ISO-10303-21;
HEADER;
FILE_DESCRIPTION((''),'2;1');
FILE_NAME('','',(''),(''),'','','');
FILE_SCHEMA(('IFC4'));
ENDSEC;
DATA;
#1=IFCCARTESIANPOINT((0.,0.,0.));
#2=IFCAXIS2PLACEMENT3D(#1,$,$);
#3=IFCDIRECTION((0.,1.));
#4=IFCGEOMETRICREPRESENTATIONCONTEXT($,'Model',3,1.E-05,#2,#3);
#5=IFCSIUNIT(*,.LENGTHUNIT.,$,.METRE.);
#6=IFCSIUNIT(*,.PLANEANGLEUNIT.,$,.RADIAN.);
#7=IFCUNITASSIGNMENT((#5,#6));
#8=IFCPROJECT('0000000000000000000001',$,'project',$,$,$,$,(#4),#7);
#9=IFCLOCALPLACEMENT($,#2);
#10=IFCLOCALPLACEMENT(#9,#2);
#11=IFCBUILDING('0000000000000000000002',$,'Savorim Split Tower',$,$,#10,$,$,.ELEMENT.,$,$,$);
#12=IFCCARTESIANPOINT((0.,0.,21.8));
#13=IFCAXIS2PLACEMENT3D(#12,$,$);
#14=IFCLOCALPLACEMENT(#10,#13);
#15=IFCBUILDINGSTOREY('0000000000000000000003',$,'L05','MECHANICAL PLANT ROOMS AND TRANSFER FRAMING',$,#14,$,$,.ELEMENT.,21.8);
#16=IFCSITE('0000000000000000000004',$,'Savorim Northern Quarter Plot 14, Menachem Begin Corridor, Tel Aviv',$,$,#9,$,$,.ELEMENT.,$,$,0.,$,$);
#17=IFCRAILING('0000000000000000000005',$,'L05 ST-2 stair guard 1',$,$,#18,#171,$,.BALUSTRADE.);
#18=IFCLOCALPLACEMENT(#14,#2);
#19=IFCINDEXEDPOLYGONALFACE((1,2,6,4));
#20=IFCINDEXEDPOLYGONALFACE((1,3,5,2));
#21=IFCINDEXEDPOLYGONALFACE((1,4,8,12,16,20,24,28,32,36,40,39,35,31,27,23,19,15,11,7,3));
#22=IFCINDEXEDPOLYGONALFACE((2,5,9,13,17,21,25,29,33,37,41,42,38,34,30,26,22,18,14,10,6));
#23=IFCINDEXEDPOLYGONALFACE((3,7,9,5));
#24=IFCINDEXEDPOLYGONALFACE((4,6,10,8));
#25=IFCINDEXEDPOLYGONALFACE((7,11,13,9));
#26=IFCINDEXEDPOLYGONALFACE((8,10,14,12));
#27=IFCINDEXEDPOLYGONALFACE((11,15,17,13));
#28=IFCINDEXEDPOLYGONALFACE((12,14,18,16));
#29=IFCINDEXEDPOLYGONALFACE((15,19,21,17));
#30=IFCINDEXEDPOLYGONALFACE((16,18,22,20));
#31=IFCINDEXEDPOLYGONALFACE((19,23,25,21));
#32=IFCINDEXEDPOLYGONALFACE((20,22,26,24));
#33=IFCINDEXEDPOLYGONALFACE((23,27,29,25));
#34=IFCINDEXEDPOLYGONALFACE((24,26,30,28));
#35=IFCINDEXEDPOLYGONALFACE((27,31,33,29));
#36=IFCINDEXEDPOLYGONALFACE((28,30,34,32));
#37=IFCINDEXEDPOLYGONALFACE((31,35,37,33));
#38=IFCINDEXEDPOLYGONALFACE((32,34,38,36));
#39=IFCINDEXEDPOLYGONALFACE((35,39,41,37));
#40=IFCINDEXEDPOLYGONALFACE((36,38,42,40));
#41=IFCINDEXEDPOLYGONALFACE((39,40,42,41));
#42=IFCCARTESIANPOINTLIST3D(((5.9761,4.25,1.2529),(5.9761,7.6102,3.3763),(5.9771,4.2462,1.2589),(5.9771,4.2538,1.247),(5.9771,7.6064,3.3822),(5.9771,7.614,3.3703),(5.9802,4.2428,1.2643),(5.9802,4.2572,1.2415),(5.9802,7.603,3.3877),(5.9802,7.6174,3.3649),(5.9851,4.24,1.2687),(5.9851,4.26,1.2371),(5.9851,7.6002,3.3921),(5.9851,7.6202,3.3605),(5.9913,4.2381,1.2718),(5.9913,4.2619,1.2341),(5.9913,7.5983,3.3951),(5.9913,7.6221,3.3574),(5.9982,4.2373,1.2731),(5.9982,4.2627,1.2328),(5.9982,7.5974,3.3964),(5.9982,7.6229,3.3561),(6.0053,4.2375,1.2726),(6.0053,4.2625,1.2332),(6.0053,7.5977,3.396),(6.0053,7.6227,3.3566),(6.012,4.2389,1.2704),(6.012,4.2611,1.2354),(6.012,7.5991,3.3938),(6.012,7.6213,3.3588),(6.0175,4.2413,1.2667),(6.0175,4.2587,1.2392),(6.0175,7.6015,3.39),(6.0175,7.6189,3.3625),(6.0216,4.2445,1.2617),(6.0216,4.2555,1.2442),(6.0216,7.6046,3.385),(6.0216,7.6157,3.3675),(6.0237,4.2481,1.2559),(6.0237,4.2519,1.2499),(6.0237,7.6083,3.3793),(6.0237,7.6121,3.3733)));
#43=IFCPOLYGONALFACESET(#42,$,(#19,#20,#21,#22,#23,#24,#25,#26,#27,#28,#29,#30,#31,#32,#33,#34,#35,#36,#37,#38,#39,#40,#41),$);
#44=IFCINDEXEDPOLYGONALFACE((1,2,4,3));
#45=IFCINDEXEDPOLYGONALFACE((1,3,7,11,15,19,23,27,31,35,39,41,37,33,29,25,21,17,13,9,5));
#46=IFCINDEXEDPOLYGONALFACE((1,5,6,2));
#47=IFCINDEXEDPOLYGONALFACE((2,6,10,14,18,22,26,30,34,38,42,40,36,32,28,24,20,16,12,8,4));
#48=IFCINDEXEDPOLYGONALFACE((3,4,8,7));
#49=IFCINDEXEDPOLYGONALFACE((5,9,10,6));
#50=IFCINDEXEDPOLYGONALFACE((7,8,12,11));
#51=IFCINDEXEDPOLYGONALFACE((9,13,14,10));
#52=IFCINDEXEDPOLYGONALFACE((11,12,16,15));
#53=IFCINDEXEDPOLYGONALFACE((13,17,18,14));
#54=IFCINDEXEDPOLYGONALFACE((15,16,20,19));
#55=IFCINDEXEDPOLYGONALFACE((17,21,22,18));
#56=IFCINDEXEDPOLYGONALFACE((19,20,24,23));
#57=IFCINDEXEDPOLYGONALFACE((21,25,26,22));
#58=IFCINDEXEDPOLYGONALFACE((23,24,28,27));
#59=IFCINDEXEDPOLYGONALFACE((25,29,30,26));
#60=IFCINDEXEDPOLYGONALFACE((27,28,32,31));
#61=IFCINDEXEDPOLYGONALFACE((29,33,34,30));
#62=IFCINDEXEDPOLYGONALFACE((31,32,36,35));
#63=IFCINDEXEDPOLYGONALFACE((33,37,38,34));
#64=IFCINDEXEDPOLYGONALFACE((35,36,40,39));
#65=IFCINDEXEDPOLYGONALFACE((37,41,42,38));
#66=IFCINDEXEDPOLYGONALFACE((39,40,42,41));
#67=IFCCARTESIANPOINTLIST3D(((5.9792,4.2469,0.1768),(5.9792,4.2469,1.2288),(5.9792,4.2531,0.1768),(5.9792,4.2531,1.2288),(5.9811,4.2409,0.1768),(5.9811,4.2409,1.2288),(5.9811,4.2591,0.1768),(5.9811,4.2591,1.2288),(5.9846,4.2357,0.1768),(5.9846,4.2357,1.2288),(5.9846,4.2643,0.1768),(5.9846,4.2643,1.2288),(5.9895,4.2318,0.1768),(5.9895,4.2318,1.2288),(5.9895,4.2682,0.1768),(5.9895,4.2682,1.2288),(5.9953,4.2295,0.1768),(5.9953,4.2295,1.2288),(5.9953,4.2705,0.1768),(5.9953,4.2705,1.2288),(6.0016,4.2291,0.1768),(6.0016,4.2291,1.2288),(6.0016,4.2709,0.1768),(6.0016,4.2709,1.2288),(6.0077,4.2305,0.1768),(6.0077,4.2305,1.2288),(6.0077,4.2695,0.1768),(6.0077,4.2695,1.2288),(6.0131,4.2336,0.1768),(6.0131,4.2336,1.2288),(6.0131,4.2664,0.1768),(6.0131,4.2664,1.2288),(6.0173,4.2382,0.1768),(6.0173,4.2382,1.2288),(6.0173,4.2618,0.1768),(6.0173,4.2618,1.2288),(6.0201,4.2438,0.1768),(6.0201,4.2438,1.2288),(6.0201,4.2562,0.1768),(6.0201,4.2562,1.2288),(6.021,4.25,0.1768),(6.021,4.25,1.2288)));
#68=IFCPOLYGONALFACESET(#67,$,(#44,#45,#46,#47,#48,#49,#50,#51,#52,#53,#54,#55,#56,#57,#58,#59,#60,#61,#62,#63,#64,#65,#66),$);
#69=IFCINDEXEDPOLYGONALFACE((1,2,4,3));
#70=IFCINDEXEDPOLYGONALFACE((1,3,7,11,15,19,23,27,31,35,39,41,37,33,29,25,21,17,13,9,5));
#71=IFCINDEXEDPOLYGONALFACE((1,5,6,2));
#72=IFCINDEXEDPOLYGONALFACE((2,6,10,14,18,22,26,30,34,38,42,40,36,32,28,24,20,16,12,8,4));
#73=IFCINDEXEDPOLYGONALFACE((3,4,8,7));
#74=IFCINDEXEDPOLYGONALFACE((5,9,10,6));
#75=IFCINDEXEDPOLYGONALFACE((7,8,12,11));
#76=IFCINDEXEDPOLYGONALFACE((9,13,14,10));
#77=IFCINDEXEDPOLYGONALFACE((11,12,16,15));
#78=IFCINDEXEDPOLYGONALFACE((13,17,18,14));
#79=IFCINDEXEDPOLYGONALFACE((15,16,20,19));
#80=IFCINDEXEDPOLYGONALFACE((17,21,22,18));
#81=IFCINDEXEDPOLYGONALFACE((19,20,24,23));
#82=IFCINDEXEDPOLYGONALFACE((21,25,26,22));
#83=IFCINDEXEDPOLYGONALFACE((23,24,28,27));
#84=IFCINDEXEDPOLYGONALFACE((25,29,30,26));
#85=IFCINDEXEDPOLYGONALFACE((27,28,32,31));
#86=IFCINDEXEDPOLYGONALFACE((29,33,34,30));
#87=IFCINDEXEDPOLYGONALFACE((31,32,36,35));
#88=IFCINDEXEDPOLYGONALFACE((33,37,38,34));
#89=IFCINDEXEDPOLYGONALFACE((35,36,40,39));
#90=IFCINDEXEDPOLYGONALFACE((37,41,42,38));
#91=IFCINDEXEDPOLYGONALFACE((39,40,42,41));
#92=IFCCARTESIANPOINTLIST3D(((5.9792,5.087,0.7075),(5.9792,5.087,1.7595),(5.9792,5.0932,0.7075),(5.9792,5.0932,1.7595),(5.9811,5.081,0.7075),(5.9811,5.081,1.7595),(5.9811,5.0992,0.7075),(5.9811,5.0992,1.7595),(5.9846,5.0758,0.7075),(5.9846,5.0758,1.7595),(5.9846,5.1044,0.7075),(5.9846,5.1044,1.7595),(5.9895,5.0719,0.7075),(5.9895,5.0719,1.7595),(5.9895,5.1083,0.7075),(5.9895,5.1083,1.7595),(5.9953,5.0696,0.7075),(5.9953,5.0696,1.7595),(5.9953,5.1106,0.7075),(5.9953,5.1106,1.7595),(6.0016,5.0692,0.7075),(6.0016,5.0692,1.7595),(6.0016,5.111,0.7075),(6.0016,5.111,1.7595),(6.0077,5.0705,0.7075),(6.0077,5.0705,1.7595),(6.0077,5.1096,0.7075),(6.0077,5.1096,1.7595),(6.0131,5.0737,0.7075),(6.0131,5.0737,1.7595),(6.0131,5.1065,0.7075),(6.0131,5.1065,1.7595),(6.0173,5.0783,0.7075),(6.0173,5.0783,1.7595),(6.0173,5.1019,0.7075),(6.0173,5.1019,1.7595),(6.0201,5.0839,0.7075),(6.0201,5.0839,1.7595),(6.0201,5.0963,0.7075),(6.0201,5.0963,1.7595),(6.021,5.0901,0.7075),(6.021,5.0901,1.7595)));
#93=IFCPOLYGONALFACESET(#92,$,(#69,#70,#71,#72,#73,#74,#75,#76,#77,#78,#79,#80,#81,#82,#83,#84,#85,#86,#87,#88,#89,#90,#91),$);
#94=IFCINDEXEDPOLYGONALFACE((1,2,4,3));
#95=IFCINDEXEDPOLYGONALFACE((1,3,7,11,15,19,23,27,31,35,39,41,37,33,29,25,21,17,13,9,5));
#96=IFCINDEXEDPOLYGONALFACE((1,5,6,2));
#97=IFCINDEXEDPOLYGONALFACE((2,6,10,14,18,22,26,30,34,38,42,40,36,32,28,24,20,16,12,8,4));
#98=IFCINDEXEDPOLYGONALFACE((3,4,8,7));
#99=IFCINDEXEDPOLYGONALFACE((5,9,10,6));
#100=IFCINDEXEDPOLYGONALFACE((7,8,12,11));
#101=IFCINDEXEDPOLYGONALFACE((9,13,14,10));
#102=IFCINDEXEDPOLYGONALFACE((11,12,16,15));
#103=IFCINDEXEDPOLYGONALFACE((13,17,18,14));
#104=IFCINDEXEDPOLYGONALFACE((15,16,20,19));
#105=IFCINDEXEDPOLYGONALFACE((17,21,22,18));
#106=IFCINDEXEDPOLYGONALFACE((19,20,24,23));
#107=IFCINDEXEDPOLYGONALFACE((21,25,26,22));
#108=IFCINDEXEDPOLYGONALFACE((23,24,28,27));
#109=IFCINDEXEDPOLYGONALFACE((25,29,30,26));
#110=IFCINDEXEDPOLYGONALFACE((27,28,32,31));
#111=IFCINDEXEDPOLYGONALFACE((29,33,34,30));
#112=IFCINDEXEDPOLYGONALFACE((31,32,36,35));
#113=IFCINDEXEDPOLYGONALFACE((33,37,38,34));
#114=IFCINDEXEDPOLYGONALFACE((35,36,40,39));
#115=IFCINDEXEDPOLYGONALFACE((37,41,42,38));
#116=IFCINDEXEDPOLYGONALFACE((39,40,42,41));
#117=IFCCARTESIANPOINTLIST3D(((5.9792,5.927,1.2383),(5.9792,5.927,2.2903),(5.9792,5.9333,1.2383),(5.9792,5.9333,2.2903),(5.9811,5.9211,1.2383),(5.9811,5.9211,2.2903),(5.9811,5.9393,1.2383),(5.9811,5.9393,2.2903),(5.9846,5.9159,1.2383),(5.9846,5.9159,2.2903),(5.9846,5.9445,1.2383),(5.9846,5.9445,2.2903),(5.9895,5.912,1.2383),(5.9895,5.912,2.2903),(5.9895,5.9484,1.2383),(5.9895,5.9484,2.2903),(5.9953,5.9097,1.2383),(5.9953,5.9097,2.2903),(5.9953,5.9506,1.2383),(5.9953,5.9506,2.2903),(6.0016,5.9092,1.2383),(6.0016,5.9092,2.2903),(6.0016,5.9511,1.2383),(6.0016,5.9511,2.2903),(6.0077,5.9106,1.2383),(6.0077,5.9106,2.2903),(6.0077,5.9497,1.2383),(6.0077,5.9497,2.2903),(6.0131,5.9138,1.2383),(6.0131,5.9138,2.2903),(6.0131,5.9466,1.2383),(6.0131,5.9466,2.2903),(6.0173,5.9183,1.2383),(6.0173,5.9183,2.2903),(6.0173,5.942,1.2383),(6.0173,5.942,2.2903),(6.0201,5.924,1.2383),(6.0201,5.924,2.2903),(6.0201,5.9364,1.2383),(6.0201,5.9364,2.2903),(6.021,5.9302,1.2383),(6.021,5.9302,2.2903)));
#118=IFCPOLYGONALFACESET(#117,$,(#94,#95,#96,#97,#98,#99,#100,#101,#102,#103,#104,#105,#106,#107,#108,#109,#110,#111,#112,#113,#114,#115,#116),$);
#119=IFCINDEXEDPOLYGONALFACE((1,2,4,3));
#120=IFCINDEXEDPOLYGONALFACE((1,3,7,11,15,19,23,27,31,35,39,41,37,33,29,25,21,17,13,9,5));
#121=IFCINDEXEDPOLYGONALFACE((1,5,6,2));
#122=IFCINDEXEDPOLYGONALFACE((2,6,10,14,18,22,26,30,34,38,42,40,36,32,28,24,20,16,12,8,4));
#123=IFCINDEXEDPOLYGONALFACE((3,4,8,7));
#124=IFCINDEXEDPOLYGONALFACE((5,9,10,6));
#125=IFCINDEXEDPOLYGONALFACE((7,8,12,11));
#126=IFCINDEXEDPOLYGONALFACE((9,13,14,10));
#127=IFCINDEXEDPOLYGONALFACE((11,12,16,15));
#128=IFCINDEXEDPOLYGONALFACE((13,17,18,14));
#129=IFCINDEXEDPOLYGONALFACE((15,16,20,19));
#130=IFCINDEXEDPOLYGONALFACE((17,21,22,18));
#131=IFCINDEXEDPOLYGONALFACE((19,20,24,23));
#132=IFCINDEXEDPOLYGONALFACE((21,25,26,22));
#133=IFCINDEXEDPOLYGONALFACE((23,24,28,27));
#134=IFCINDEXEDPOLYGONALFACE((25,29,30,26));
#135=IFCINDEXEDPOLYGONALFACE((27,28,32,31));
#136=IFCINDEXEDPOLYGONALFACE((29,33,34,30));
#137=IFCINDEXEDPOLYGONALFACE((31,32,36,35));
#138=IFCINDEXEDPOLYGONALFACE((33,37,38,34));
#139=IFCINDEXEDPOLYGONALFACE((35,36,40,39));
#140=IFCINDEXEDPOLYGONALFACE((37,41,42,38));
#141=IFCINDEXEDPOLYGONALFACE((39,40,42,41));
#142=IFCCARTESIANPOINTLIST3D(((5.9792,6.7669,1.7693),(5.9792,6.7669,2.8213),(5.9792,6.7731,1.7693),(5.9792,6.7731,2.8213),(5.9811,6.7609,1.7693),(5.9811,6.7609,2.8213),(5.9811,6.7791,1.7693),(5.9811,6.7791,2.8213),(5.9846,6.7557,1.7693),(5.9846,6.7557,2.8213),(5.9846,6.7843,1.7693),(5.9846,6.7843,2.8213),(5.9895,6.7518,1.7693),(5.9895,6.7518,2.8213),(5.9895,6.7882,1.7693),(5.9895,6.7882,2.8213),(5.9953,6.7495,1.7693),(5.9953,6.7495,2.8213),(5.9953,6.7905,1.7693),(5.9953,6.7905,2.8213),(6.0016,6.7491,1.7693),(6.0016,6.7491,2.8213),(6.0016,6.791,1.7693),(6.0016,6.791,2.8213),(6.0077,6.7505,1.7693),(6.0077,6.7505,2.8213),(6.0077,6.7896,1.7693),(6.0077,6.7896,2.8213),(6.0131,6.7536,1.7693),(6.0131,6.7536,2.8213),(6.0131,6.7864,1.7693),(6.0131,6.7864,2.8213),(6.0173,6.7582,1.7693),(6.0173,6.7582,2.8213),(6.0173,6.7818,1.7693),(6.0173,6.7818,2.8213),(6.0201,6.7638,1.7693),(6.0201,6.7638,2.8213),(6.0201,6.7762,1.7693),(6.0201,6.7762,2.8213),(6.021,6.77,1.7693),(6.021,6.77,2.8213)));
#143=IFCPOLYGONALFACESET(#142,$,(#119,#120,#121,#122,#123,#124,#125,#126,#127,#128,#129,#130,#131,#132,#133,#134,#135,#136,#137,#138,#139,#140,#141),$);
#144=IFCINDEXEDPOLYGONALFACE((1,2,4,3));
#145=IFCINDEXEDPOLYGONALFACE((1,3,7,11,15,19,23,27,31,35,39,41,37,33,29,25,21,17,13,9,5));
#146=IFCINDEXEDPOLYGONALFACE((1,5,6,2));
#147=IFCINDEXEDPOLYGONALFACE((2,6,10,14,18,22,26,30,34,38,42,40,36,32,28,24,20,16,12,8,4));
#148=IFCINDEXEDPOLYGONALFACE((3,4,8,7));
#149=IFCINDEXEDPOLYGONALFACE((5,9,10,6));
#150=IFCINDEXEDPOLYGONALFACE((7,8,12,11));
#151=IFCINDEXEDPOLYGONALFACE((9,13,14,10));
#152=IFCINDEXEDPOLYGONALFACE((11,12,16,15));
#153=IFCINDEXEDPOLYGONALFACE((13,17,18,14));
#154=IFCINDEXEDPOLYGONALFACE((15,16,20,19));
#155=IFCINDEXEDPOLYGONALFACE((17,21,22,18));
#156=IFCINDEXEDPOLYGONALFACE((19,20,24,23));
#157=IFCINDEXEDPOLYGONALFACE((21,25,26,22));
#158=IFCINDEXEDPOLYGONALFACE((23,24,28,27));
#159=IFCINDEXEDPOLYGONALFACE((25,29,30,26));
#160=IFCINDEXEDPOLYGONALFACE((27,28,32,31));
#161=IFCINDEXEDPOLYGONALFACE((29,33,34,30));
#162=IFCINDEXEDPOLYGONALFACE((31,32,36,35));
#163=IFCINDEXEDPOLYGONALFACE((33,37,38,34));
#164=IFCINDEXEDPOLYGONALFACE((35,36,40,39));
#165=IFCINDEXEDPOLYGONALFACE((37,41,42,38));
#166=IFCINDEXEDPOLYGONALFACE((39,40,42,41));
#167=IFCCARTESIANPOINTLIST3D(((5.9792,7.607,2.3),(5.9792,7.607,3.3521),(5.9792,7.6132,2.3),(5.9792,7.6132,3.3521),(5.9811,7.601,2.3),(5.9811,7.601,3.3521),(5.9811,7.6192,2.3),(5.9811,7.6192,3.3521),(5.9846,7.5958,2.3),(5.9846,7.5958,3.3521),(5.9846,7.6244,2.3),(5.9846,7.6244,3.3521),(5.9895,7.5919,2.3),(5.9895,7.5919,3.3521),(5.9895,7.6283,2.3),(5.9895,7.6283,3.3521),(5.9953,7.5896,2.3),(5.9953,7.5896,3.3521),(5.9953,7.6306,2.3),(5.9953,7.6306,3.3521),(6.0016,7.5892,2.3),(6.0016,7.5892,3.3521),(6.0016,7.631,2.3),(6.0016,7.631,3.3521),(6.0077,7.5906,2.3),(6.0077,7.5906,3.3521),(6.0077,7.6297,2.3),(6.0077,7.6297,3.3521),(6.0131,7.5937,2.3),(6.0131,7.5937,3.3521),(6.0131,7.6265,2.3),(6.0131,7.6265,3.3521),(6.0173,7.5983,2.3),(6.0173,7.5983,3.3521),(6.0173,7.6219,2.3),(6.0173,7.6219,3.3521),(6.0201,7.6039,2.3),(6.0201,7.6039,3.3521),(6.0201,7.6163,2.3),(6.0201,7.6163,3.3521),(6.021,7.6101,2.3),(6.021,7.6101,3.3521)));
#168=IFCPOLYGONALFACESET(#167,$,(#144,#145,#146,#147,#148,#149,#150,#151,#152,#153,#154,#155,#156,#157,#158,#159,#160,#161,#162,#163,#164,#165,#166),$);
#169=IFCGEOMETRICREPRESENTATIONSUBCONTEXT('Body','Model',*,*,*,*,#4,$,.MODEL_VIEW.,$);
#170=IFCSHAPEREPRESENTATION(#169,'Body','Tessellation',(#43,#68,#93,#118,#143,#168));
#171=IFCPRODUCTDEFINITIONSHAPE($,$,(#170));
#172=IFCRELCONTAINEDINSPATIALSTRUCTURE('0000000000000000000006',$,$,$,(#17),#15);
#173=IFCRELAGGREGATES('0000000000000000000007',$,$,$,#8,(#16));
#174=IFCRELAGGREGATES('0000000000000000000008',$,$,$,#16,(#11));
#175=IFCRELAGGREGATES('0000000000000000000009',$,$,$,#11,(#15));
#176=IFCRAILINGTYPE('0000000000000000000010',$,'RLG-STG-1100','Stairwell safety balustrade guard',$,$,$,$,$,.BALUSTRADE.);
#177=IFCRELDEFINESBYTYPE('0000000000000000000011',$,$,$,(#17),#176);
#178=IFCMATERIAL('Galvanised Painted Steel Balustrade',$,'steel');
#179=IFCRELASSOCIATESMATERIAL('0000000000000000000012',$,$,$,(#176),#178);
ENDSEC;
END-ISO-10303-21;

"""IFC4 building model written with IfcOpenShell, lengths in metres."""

from ifc_helpers import new_model, si_unit, direction, frame, origin, origin_2d, place, context, subcontext, project, spatial, circle, extrude, material, type_object, element, save


model = new_model("IFC4")

# Units and contexts
model_context = context("Model", 3, precision=1e-05, world=origin(), true_north=direction((0.0, 1.0)))
body_context = subcontext(model_context, "Body", "Model", "MODEL_VIEW")
ifc_project = project(units=[si_unit("LENGTHUNIT", "METRE"), si_unit("PLANEANGLEUNIT", "RADIAN")], contexts=[model_context])

# Site, building, storey
site_placement = place(None, origin())
site = spatial("IfcSite", under=ifc_project, at=site_placement, Name="Savorim Northern Quarter Plot 14, Menachem Begin Corridor, Tel Aviv", CompositionType="ELEMENT", RefElevation=0.0)
building_placement = place(site_placement, origin())
building = spatial("IfcBuilding", under=site, at=building_placement, Name="Savorim Split Tower", CompositionType="ELEMENT")
storey_placement = place(building_placement, frame((0.0, 0.0, 21.8)))
storey = spatial("IfcBuildingStorey", under=building, at=storey_placement, Name="L05", Description="MECHANICAL PLANT ROOMS AND TRANSFER FRAMING", CompositionType="ELEMENT", Elevation=21.8)

# Railing
ifc_material_1 = material(Name="Galvanised Painted Steel Balustrade", Category="steel")
railing_type_1 = type_object("IfcRailingType", Name="RLG-STG-1100", Description="Stairwell safety balustrade guard", PredefinedType="BALUSTRADE", material=ifc_material_1)
railing_1_placement = place(storey_placement, frame((6.0, 4.25, 0.1768)))
element("IfcRailing", 1, at=railing_1_placement, inside=storey, type_object=railing_type_1, Name="L05 ST-2 stair guard 1", PredefinedType="BALUSTRADE", context=body_context, shape_type="SweptSolid", body=[
    extrude(circle(Radius=0.0239, at=origin_2d()), frame((0.0, 0.0, 1.0762), z_axis=(0.0, 0.845362, 0.534194), x_axis=(-1.0, 0.0, 0.0)), (0.0, 0.0, 1.0), 3.9749),
    extrude(circle(Radius=0.021, at=origin_2d()), origin(), (0.0, 0.0, 1.0), 1.052),
    extrude(circle(Radius=0.021, at=origin_2d()), frame((0.0, 0.8401, 0.5308)), (0.0, 0.0, 1.0), 1.052),
    extrude(circle(Radius=0.021, at=origin_2d()), frame((0.0, 1.6802, 1.0615)), (0.0, 0.0, 1.0), 1.052),
    extrude(circle(Radius=0.021, at=origin_2d()), frame((0.0, 2.52, 1.5925)), (0.0, 0.0, 1.0), 1.052),
    extrude(circle(Radius=0.021, at=origin_2d()), frame((0.0, 3.3601, 2.1233)), (0.0, 0.0, 1.0), 1.052),
])

save(model, "model.ifc")
